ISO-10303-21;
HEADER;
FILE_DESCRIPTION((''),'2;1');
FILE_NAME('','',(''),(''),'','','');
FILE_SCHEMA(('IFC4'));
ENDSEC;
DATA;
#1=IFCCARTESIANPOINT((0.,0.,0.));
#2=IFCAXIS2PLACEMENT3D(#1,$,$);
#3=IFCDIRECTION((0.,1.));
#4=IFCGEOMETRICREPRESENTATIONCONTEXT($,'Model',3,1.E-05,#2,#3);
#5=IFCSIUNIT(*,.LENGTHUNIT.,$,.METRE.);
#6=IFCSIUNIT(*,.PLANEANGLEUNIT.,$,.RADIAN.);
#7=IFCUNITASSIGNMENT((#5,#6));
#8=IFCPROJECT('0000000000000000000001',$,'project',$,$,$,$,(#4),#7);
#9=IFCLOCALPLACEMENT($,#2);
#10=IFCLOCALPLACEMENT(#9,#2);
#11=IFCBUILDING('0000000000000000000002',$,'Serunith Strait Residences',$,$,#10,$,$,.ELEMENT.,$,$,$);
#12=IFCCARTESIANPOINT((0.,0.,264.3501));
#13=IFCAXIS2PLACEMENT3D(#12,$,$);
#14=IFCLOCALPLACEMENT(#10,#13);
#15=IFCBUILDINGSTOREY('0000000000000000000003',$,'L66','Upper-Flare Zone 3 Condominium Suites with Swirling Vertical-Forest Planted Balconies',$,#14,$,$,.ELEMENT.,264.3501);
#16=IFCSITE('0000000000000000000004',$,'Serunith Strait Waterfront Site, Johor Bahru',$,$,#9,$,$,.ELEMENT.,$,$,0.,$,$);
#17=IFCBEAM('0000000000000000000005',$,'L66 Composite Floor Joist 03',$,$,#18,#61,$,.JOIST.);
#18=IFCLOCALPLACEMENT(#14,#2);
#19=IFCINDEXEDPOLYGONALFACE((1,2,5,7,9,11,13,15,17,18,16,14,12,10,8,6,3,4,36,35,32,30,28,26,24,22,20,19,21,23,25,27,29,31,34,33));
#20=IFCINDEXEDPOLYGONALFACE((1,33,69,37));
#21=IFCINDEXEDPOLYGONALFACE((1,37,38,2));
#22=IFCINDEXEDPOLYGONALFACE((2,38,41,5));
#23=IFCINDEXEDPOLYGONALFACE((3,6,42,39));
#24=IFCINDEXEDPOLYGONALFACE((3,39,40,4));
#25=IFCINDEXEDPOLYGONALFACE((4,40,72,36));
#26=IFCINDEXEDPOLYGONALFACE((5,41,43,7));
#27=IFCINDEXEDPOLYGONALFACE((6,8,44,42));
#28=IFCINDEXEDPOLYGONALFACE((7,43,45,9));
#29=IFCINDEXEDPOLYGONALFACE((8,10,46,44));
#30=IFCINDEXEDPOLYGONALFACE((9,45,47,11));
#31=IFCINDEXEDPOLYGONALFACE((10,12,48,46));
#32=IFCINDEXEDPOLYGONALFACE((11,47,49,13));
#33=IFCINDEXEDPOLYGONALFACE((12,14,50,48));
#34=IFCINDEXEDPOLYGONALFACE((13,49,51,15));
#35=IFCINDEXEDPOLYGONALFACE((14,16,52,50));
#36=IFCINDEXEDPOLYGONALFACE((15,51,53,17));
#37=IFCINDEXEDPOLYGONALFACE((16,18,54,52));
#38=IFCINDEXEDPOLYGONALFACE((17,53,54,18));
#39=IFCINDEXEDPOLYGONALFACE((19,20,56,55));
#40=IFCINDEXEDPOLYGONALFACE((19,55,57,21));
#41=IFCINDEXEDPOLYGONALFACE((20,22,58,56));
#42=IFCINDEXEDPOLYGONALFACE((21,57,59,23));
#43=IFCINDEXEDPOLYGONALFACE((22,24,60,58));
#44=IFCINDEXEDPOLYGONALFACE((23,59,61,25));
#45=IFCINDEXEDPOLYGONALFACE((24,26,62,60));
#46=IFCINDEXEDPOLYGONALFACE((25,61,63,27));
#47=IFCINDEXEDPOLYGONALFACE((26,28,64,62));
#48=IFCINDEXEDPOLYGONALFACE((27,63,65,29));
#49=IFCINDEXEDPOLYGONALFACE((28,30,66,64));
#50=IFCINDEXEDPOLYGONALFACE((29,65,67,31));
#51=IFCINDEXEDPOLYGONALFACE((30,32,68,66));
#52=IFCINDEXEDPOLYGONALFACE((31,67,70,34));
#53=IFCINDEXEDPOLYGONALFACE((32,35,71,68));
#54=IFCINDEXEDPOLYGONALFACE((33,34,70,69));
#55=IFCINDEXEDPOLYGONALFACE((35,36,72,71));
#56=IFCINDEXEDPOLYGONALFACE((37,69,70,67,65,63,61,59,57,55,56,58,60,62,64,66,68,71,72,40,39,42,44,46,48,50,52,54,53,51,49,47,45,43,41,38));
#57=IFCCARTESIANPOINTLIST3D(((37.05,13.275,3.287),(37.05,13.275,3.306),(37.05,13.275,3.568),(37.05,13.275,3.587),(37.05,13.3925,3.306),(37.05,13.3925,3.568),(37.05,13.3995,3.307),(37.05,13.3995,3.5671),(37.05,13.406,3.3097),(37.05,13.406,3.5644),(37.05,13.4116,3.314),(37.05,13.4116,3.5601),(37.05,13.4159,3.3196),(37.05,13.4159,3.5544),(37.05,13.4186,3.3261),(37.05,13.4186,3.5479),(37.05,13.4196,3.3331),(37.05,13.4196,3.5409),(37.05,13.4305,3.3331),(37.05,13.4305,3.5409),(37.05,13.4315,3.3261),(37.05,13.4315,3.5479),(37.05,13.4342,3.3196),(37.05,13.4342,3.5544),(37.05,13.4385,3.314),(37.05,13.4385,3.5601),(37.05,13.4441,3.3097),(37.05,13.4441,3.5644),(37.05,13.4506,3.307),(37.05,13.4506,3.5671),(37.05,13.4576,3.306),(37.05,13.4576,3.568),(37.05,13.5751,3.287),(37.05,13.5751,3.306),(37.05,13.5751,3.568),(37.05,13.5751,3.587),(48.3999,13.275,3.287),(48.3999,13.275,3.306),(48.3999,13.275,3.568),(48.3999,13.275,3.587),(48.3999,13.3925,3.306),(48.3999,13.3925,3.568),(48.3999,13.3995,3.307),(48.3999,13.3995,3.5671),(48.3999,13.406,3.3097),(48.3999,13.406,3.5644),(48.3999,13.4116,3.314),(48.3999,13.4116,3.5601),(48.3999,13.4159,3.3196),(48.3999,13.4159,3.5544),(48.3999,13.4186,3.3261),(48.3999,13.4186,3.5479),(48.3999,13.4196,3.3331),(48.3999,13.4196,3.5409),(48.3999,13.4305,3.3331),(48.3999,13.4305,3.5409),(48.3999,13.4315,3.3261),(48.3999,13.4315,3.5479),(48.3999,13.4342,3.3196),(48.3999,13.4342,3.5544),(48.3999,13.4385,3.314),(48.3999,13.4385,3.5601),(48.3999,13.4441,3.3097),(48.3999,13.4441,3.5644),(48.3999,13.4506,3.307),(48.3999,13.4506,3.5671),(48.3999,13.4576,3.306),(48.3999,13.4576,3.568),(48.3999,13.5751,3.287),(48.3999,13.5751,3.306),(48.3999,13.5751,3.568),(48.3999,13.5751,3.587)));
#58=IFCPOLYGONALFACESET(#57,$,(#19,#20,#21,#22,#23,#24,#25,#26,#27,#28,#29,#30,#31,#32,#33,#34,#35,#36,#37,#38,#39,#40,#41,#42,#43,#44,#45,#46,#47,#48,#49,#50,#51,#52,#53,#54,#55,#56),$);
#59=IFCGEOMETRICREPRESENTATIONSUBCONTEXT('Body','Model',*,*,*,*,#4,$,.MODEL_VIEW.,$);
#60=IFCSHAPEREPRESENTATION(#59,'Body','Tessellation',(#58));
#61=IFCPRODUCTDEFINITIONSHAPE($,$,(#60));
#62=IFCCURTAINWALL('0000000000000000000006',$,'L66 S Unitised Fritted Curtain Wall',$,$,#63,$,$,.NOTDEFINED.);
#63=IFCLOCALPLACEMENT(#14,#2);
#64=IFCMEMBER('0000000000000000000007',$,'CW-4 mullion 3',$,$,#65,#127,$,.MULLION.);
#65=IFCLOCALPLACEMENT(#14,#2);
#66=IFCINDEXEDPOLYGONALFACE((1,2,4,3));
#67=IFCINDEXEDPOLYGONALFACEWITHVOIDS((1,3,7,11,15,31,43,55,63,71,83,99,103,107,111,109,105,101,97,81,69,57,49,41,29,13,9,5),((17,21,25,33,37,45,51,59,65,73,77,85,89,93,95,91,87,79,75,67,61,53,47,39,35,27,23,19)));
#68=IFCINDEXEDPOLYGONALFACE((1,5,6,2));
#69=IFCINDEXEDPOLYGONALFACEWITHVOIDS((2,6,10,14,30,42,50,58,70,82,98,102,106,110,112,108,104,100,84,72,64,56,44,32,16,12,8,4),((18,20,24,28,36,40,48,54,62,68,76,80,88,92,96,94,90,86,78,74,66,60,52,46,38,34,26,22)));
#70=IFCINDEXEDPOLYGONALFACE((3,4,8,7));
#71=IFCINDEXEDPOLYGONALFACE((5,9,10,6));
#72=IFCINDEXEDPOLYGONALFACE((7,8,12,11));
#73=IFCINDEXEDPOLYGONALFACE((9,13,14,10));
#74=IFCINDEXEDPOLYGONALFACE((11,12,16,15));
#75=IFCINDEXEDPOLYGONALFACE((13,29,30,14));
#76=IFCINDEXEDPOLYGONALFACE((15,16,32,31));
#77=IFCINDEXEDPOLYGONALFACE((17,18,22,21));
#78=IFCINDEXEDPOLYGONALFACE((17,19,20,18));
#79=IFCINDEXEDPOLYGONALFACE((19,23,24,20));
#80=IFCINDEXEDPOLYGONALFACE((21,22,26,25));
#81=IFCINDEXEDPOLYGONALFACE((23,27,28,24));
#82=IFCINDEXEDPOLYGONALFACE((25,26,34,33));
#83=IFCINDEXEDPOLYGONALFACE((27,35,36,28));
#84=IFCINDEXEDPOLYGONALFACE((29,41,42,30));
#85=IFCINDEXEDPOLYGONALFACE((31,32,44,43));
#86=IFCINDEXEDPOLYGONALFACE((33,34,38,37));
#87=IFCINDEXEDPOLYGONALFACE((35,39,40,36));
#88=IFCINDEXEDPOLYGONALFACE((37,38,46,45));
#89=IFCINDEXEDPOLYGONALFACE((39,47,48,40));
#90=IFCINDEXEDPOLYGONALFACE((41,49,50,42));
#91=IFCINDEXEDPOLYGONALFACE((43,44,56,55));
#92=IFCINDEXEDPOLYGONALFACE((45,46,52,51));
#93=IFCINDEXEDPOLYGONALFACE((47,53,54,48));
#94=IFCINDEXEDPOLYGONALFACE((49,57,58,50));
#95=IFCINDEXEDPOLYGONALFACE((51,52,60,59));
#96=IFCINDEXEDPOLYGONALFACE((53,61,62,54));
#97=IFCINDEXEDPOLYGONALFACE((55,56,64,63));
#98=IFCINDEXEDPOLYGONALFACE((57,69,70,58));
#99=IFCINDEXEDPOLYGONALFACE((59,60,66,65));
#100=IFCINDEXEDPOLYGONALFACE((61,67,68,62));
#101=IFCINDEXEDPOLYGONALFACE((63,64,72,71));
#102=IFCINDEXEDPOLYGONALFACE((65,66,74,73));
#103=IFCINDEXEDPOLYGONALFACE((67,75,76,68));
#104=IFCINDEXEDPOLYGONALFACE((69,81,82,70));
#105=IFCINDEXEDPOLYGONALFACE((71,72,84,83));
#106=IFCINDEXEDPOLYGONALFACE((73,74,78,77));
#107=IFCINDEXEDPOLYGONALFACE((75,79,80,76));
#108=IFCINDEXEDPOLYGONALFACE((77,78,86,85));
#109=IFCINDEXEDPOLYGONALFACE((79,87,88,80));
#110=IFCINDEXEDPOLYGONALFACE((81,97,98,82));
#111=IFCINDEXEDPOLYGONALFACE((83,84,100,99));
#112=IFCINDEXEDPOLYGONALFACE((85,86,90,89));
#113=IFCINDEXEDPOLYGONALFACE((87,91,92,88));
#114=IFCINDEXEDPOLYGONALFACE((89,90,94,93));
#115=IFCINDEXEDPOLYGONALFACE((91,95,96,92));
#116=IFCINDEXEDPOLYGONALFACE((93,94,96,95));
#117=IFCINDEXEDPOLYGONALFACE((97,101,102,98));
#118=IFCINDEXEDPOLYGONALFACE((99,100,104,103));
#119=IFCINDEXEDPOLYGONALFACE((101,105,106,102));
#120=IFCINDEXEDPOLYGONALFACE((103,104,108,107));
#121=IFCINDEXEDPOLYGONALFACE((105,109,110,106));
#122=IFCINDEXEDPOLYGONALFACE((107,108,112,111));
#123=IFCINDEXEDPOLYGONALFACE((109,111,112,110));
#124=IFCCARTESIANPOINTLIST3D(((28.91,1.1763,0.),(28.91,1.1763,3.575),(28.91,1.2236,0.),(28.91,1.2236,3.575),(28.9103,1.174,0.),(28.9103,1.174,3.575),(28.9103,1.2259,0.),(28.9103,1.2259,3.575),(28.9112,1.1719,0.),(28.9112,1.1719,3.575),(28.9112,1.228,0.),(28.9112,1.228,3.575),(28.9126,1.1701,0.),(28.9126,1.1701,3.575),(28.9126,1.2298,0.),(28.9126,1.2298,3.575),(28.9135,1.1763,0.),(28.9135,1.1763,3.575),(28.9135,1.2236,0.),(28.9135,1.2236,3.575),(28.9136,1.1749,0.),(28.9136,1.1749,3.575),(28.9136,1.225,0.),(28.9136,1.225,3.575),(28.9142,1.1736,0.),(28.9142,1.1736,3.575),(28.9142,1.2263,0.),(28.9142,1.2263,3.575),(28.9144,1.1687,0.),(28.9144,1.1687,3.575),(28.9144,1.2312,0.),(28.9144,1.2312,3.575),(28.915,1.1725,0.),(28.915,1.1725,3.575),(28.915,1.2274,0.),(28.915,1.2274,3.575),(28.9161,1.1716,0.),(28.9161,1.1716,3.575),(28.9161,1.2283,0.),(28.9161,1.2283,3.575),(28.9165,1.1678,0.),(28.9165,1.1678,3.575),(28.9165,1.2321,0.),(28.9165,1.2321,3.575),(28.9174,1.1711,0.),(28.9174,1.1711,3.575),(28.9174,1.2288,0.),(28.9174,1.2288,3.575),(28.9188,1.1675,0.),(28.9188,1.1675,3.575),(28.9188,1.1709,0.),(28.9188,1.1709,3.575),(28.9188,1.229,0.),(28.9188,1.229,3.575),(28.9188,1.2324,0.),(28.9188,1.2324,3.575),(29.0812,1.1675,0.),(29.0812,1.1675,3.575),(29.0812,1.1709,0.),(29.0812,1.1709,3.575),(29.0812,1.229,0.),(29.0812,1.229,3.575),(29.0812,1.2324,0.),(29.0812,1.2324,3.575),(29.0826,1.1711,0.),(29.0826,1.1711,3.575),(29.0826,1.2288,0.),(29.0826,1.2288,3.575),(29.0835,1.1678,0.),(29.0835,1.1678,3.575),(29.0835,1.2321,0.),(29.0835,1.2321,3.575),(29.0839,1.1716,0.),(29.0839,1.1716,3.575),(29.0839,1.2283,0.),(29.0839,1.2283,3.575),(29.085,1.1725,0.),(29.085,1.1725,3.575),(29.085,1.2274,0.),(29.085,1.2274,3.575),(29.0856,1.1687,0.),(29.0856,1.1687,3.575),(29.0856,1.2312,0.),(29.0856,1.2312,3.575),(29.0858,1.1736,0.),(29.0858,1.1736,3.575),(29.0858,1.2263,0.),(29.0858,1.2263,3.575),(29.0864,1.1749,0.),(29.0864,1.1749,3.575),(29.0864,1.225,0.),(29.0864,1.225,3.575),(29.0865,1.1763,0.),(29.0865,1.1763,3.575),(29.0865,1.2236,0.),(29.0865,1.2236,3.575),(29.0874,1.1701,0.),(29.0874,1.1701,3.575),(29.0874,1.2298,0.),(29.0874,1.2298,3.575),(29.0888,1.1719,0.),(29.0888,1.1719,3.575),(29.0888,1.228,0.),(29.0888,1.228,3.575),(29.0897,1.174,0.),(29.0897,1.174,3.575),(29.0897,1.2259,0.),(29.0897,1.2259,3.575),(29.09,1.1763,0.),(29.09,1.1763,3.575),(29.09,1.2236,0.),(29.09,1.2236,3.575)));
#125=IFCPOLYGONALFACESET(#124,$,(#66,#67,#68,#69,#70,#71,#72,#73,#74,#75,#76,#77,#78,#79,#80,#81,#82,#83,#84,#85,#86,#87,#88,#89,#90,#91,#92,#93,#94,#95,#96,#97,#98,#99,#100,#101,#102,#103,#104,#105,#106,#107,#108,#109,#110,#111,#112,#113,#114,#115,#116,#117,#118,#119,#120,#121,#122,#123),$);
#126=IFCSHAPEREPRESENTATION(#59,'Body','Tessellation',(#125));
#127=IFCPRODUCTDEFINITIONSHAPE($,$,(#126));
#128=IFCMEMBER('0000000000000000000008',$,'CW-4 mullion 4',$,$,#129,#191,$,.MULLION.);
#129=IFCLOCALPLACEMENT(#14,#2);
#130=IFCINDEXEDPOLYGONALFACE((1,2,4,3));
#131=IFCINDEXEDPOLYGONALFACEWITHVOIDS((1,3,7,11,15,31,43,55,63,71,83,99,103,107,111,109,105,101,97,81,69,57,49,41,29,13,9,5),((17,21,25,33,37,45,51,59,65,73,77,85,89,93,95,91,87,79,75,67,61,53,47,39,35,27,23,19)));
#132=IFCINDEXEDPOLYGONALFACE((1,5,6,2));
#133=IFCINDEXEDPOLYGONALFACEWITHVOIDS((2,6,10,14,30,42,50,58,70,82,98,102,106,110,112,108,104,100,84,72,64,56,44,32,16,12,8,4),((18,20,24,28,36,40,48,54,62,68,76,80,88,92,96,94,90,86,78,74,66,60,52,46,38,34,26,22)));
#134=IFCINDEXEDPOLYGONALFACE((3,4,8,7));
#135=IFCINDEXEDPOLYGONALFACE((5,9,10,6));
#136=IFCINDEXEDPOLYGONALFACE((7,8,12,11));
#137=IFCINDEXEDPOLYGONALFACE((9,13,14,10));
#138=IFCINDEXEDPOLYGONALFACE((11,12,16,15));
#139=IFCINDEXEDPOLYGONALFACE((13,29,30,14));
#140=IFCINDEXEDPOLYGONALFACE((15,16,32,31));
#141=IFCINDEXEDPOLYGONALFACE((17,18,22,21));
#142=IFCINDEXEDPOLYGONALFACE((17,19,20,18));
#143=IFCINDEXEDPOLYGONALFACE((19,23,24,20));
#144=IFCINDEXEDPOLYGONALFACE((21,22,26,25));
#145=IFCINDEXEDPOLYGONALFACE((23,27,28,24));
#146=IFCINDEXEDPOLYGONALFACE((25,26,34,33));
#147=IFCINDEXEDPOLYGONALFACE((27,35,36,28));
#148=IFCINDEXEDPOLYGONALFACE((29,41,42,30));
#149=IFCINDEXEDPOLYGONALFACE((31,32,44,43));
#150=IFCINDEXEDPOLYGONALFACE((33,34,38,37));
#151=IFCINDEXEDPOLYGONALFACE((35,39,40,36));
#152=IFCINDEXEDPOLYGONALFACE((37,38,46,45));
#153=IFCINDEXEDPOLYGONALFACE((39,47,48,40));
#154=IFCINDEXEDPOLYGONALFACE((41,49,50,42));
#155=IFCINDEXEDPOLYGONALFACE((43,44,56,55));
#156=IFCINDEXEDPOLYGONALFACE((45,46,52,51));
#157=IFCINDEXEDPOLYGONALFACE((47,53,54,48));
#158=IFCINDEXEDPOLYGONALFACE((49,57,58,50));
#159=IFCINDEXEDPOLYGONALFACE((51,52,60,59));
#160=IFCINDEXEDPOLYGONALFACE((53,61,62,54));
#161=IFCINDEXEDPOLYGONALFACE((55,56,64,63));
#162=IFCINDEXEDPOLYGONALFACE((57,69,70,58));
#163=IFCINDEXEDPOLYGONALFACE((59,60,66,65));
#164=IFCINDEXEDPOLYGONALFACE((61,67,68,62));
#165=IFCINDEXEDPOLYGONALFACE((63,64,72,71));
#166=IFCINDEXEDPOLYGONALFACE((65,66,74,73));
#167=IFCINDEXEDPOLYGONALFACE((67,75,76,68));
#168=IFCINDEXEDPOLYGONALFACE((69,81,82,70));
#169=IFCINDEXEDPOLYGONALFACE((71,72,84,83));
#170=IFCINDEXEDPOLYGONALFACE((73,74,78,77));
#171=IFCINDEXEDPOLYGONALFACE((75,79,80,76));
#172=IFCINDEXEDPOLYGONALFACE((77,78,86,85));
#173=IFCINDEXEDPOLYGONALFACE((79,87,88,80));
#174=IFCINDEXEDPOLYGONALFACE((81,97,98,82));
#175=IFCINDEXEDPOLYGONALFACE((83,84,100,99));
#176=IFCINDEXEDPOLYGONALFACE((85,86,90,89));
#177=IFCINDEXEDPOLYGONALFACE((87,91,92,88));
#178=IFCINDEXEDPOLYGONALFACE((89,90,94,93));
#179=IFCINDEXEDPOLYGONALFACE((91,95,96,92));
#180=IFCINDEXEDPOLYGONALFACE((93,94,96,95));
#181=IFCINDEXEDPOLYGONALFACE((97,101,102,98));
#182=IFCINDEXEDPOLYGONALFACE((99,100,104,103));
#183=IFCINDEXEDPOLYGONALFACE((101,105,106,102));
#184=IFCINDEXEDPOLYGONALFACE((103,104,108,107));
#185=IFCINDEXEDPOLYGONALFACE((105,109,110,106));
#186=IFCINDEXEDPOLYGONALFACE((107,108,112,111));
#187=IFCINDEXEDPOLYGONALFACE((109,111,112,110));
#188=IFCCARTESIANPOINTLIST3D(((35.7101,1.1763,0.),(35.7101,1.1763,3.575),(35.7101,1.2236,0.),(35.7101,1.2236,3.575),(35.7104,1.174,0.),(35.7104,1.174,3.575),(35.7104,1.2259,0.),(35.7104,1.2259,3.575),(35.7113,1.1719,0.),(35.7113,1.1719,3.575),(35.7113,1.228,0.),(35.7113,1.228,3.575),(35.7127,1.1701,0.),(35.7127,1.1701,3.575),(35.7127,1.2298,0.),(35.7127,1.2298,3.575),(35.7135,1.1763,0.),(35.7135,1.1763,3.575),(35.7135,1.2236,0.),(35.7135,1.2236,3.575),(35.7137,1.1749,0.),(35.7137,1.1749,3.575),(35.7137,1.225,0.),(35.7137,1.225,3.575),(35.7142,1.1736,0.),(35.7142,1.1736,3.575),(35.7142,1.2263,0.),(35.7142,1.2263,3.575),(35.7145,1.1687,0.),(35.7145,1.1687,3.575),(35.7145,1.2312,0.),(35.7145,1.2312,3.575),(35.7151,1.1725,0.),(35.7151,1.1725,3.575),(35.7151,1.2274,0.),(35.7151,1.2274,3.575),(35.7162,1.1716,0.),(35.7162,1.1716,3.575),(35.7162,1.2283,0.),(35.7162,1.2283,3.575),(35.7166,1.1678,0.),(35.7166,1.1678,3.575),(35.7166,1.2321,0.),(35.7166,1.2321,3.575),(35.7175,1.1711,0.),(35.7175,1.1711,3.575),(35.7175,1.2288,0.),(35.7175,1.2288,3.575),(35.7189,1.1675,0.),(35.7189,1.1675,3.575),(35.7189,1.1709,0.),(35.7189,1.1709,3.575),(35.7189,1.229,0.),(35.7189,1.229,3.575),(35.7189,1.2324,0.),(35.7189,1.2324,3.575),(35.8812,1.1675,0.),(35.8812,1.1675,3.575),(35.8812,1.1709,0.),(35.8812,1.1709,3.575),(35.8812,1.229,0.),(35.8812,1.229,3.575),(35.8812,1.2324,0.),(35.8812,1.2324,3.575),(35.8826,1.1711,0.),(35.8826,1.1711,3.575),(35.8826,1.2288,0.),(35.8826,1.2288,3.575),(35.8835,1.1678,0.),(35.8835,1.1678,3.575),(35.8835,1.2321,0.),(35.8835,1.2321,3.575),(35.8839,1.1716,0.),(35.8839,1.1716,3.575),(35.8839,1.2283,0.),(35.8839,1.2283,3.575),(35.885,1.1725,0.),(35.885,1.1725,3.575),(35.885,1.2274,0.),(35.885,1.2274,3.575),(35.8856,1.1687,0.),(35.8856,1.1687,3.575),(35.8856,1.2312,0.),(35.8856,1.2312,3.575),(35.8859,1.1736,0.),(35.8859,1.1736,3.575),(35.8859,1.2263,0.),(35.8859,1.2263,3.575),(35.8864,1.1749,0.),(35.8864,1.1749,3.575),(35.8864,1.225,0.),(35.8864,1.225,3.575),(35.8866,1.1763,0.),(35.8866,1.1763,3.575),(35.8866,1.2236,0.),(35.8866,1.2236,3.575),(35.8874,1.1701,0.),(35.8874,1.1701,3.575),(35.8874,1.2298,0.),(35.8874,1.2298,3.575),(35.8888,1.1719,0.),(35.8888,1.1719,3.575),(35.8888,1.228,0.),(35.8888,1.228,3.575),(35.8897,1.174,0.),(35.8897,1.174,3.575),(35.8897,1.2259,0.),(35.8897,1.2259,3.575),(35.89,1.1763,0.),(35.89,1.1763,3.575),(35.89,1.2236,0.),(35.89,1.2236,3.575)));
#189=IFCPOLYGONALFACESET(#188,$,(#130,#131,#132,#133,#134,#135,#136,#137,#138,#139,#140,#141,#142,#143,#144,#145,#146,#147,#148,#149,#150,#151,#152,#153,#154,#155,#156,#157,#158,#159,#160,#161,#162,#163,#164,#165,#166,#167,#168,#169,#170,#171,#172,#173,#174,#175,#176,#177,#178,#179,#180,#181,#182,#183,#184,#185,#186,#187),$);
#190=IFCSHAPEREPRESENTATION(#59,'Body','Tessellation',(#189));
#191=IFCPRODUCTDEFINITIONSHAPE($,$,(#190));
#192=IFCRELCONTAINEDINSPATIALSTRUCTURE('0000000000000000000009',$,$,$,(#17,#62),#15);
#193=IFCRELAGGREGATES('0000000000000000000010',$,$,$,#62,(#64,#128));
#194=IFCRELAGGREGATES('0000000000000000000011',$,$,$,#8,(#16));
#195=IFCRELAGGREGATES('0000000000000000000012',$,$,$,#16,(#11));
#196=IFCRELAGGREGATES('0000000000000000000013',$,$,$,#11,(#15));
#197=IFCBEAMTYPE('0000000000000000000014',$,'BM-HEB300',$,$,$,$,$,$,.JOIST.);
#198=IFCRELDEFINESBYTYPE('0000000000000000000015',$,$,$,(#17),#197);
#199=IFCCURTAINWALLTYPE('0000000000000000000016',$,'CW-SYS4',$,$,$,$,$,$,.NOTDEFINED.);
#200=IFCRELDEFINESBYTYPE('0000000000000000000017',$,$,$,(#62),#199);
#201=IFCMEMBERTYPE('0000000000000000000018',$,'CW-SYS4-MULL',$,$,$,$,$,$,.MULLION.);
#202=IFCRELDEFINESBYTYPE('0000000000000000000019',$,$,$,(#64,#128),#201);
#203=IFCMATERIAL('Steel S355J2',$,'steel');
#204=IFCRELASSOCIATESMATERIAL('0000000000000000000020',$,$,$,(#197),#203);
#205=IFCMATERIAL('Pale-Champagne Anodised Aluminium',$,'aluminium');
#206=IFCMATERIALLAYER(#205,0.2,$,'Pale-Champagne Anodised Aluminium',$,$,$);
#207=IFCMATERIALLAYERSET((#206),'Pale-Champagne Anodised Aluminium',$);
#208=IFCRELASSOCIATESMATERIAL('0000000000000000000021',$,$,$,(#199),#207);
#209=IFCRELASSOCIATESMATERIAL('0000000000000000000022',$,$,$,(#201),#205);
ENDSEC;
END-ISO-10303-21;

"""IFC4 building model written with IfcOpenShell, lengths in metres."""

from ifc_helpers import new_model, si_unit, direction, frame, origin, origin_2d, place, context, subcontext, project, spatial, hollow_rectangle, i_section, extrude, source, transform, mapped, material, layer, layer_set, material_profile, profile_set, type_object, element, aggregate, save


model = new_model("IFC4")

# Units and contexts
model_context = context("Model", 3, precision=1e-05, world=origin(), true_north=direction((0.0, 1.0)))
body_context = subcontext(model_context, "Body", "Model", "MODEL_VIEW")
ifc_project = project(units=[si_unit("LENGTHUNIT", "METRE"), si_unit("PLANEANGLEUNIT", "RADIAN")], contexts=[model_context])

# Site, building, storey
site_placement = place(None, origin())
site = spatial("IfcSite", under=ifc_project, at=site_placement, Name="Serunith Strait Waterfront Site, Johor Bahru", CompositionType="ELEMENT", RefElevation=0.0)
building_placement = place(site_placement, origin())
building = spatial("IfcBuilding", under=site, at=building_placement, Name="Serunith Strait Residences", CompositionType="ELEMENT")
storey_placement = place(building_placement, frame((0.0, 0.0, 264.3501)))
storey = spatial("IfcBuildingStorey", under=building, at=storey_placement, Name="L66", Description="Upper-Flare Zone 3 Condominium Suites with Swirling Vertical-Forest Planted Balconies", CompositionType="ELEMENT", Elevation=264.3501)

# Beam
ifc_material_1 = material(Name="Steel S355J2", Category="steel")
ifc_material_profile_1 = material_profile(ifc_material_1, i_section(OverallWidth=0.3, OverallDepth=0.3, WebThickness=0.011, FlangeThickness=0.019, FilletRadius=0.0271, at=origin_2d()), Name="HEB 300")
ifc_profile_set_1 = profile_set([ifc_material_profile_1], Name="Steel S355J2")
beam_type_1 = type_object("IfcBeamType", Name="BM-HEB300", PredefinedType="JOIST", material=ifc_profile_set_1)
shared_shape_1 = source(origin(), body_context, "Body", "SweptSolid", [
    extrude(i_section(OverallWidth=0.3, OverallDepth=0.3, WebThickness=0.011, FlangeThickness=0.019, FilletRadius=0.0271, at=origin_2d()), origin(), (0.0, 0.0, 1.0), 11.3499),
])
beam_1_placement = place(storey_placement, frame((37.05, 13.425, 3.437), z_axis=(1.0, 0.0, 0.0), x_axis=(0.0, 1.0, 0.0)))
element("IfcBeam", 1, at=beam_1_placement, inside=storey, type_object=beam_type_1, Name="L66 Composite Floor Joist 03", PredefinedType="JOIST", context=body_context, shape_type="MappedRepresentation", body=[
    mapped(shared_shape_1, transform((0.0, 0.0, 0.0), scale=1.0)),
])

# Curtain wall, members
ifc_material_2 = material(Name="Pale-Champagne Anodised Aluminium", Category="aluminium")
ifc_layer_1 = layer(ifc_material_2, 0.2, Name="Pale-Champagne Anodised Aluminium")
ifc_layer_set_1 = layer_set([ifc_layer_1], Name="Pale-Champagne Anodised Aluminium")
curtain_wall_type = type_object("IfcCurtainWallType", Name="CW-SYS4", PredefinedType="NOTDEFINED", material=ifc_layer_set_1)
curtain_wall_placement = place(storey_placement, origin())
curtain_wall = element("IfcCurtainWall", 2, at=curtain_wall_placement, inside=storey, type_object=curtain_wall_type, Name="L66 S Unitised Fritted Curtain Wall", PredefinedType="NOTDEFINED")
ifc_material_profile_2 = material_profile(ifc_material_2, hollow_rectangle(XDim=0.0649, YDim=0.1799, WallThickness=0.0034, InnerFilletRadius=0.0054, OuterFilletRadius=0.0088, at=origin_2d()), Name="ALU 180x65x3.5")
ifc_profile_set_2 = profile_set([ifc_material_profile_2], Name="Pale-Champagne Anodised Aluminium")
member_type_1 = type_object("IfcMemberType", Name="CW-SYS4-MULL", PredefinedType="MULLION", material=ifc_profile_set_2)
shared_shape_2 = source(origin(), body_context, "Body", "SweptSolid", [
    extrude(hollow_rectangle(XDim=0.0649, YDim=0.1799, WallThickness=0.0034, InnerFilletRadius=0.0054, OuterFilletRadius=0.0088, at=origin_2d()), origin(), (0.0, 0.0, 1.0), 3.575),
])
member_1_placement = place(storey_placement, frame((29.0, 1.2, 0.0), z_axis=(0.0, 0.0, 1.0), x_axis=(0.0, 1.0, 0.0)))
member_1 = element("IfcMember", 3, at=member_1_placement, type_object=member_type_1, Name="CW-4 mullion 3", PredefinedType="MULLION", context=body_context, shape_type="MappedRepresentation", body=[
    mapped(shared_shape_2, transform((0.0, 0.0, 0.0), scale=1.0)),
])
member_2_placement = place(storey_placement, frame((35.8, 1.2, 0.0), z_axis=(0.0, 0.0, 1.0), x_axis=(0.0, 1.0, 0.0)))
member_2 = element("IfcMember", 4, at=member_2_placement, type_object=member_type_1, Name="CW-4 mullion 4", PredefinedType="MULLION", context=body_context, shape_type="MappedRepresentation", body=[
    mapped(shared_shape_2, transform((0.0, 0.0, 0.0), scale=1.0)),
])
aggregate(curtain_wall, [member_1, member_2])

save(model, "model.ifc")
